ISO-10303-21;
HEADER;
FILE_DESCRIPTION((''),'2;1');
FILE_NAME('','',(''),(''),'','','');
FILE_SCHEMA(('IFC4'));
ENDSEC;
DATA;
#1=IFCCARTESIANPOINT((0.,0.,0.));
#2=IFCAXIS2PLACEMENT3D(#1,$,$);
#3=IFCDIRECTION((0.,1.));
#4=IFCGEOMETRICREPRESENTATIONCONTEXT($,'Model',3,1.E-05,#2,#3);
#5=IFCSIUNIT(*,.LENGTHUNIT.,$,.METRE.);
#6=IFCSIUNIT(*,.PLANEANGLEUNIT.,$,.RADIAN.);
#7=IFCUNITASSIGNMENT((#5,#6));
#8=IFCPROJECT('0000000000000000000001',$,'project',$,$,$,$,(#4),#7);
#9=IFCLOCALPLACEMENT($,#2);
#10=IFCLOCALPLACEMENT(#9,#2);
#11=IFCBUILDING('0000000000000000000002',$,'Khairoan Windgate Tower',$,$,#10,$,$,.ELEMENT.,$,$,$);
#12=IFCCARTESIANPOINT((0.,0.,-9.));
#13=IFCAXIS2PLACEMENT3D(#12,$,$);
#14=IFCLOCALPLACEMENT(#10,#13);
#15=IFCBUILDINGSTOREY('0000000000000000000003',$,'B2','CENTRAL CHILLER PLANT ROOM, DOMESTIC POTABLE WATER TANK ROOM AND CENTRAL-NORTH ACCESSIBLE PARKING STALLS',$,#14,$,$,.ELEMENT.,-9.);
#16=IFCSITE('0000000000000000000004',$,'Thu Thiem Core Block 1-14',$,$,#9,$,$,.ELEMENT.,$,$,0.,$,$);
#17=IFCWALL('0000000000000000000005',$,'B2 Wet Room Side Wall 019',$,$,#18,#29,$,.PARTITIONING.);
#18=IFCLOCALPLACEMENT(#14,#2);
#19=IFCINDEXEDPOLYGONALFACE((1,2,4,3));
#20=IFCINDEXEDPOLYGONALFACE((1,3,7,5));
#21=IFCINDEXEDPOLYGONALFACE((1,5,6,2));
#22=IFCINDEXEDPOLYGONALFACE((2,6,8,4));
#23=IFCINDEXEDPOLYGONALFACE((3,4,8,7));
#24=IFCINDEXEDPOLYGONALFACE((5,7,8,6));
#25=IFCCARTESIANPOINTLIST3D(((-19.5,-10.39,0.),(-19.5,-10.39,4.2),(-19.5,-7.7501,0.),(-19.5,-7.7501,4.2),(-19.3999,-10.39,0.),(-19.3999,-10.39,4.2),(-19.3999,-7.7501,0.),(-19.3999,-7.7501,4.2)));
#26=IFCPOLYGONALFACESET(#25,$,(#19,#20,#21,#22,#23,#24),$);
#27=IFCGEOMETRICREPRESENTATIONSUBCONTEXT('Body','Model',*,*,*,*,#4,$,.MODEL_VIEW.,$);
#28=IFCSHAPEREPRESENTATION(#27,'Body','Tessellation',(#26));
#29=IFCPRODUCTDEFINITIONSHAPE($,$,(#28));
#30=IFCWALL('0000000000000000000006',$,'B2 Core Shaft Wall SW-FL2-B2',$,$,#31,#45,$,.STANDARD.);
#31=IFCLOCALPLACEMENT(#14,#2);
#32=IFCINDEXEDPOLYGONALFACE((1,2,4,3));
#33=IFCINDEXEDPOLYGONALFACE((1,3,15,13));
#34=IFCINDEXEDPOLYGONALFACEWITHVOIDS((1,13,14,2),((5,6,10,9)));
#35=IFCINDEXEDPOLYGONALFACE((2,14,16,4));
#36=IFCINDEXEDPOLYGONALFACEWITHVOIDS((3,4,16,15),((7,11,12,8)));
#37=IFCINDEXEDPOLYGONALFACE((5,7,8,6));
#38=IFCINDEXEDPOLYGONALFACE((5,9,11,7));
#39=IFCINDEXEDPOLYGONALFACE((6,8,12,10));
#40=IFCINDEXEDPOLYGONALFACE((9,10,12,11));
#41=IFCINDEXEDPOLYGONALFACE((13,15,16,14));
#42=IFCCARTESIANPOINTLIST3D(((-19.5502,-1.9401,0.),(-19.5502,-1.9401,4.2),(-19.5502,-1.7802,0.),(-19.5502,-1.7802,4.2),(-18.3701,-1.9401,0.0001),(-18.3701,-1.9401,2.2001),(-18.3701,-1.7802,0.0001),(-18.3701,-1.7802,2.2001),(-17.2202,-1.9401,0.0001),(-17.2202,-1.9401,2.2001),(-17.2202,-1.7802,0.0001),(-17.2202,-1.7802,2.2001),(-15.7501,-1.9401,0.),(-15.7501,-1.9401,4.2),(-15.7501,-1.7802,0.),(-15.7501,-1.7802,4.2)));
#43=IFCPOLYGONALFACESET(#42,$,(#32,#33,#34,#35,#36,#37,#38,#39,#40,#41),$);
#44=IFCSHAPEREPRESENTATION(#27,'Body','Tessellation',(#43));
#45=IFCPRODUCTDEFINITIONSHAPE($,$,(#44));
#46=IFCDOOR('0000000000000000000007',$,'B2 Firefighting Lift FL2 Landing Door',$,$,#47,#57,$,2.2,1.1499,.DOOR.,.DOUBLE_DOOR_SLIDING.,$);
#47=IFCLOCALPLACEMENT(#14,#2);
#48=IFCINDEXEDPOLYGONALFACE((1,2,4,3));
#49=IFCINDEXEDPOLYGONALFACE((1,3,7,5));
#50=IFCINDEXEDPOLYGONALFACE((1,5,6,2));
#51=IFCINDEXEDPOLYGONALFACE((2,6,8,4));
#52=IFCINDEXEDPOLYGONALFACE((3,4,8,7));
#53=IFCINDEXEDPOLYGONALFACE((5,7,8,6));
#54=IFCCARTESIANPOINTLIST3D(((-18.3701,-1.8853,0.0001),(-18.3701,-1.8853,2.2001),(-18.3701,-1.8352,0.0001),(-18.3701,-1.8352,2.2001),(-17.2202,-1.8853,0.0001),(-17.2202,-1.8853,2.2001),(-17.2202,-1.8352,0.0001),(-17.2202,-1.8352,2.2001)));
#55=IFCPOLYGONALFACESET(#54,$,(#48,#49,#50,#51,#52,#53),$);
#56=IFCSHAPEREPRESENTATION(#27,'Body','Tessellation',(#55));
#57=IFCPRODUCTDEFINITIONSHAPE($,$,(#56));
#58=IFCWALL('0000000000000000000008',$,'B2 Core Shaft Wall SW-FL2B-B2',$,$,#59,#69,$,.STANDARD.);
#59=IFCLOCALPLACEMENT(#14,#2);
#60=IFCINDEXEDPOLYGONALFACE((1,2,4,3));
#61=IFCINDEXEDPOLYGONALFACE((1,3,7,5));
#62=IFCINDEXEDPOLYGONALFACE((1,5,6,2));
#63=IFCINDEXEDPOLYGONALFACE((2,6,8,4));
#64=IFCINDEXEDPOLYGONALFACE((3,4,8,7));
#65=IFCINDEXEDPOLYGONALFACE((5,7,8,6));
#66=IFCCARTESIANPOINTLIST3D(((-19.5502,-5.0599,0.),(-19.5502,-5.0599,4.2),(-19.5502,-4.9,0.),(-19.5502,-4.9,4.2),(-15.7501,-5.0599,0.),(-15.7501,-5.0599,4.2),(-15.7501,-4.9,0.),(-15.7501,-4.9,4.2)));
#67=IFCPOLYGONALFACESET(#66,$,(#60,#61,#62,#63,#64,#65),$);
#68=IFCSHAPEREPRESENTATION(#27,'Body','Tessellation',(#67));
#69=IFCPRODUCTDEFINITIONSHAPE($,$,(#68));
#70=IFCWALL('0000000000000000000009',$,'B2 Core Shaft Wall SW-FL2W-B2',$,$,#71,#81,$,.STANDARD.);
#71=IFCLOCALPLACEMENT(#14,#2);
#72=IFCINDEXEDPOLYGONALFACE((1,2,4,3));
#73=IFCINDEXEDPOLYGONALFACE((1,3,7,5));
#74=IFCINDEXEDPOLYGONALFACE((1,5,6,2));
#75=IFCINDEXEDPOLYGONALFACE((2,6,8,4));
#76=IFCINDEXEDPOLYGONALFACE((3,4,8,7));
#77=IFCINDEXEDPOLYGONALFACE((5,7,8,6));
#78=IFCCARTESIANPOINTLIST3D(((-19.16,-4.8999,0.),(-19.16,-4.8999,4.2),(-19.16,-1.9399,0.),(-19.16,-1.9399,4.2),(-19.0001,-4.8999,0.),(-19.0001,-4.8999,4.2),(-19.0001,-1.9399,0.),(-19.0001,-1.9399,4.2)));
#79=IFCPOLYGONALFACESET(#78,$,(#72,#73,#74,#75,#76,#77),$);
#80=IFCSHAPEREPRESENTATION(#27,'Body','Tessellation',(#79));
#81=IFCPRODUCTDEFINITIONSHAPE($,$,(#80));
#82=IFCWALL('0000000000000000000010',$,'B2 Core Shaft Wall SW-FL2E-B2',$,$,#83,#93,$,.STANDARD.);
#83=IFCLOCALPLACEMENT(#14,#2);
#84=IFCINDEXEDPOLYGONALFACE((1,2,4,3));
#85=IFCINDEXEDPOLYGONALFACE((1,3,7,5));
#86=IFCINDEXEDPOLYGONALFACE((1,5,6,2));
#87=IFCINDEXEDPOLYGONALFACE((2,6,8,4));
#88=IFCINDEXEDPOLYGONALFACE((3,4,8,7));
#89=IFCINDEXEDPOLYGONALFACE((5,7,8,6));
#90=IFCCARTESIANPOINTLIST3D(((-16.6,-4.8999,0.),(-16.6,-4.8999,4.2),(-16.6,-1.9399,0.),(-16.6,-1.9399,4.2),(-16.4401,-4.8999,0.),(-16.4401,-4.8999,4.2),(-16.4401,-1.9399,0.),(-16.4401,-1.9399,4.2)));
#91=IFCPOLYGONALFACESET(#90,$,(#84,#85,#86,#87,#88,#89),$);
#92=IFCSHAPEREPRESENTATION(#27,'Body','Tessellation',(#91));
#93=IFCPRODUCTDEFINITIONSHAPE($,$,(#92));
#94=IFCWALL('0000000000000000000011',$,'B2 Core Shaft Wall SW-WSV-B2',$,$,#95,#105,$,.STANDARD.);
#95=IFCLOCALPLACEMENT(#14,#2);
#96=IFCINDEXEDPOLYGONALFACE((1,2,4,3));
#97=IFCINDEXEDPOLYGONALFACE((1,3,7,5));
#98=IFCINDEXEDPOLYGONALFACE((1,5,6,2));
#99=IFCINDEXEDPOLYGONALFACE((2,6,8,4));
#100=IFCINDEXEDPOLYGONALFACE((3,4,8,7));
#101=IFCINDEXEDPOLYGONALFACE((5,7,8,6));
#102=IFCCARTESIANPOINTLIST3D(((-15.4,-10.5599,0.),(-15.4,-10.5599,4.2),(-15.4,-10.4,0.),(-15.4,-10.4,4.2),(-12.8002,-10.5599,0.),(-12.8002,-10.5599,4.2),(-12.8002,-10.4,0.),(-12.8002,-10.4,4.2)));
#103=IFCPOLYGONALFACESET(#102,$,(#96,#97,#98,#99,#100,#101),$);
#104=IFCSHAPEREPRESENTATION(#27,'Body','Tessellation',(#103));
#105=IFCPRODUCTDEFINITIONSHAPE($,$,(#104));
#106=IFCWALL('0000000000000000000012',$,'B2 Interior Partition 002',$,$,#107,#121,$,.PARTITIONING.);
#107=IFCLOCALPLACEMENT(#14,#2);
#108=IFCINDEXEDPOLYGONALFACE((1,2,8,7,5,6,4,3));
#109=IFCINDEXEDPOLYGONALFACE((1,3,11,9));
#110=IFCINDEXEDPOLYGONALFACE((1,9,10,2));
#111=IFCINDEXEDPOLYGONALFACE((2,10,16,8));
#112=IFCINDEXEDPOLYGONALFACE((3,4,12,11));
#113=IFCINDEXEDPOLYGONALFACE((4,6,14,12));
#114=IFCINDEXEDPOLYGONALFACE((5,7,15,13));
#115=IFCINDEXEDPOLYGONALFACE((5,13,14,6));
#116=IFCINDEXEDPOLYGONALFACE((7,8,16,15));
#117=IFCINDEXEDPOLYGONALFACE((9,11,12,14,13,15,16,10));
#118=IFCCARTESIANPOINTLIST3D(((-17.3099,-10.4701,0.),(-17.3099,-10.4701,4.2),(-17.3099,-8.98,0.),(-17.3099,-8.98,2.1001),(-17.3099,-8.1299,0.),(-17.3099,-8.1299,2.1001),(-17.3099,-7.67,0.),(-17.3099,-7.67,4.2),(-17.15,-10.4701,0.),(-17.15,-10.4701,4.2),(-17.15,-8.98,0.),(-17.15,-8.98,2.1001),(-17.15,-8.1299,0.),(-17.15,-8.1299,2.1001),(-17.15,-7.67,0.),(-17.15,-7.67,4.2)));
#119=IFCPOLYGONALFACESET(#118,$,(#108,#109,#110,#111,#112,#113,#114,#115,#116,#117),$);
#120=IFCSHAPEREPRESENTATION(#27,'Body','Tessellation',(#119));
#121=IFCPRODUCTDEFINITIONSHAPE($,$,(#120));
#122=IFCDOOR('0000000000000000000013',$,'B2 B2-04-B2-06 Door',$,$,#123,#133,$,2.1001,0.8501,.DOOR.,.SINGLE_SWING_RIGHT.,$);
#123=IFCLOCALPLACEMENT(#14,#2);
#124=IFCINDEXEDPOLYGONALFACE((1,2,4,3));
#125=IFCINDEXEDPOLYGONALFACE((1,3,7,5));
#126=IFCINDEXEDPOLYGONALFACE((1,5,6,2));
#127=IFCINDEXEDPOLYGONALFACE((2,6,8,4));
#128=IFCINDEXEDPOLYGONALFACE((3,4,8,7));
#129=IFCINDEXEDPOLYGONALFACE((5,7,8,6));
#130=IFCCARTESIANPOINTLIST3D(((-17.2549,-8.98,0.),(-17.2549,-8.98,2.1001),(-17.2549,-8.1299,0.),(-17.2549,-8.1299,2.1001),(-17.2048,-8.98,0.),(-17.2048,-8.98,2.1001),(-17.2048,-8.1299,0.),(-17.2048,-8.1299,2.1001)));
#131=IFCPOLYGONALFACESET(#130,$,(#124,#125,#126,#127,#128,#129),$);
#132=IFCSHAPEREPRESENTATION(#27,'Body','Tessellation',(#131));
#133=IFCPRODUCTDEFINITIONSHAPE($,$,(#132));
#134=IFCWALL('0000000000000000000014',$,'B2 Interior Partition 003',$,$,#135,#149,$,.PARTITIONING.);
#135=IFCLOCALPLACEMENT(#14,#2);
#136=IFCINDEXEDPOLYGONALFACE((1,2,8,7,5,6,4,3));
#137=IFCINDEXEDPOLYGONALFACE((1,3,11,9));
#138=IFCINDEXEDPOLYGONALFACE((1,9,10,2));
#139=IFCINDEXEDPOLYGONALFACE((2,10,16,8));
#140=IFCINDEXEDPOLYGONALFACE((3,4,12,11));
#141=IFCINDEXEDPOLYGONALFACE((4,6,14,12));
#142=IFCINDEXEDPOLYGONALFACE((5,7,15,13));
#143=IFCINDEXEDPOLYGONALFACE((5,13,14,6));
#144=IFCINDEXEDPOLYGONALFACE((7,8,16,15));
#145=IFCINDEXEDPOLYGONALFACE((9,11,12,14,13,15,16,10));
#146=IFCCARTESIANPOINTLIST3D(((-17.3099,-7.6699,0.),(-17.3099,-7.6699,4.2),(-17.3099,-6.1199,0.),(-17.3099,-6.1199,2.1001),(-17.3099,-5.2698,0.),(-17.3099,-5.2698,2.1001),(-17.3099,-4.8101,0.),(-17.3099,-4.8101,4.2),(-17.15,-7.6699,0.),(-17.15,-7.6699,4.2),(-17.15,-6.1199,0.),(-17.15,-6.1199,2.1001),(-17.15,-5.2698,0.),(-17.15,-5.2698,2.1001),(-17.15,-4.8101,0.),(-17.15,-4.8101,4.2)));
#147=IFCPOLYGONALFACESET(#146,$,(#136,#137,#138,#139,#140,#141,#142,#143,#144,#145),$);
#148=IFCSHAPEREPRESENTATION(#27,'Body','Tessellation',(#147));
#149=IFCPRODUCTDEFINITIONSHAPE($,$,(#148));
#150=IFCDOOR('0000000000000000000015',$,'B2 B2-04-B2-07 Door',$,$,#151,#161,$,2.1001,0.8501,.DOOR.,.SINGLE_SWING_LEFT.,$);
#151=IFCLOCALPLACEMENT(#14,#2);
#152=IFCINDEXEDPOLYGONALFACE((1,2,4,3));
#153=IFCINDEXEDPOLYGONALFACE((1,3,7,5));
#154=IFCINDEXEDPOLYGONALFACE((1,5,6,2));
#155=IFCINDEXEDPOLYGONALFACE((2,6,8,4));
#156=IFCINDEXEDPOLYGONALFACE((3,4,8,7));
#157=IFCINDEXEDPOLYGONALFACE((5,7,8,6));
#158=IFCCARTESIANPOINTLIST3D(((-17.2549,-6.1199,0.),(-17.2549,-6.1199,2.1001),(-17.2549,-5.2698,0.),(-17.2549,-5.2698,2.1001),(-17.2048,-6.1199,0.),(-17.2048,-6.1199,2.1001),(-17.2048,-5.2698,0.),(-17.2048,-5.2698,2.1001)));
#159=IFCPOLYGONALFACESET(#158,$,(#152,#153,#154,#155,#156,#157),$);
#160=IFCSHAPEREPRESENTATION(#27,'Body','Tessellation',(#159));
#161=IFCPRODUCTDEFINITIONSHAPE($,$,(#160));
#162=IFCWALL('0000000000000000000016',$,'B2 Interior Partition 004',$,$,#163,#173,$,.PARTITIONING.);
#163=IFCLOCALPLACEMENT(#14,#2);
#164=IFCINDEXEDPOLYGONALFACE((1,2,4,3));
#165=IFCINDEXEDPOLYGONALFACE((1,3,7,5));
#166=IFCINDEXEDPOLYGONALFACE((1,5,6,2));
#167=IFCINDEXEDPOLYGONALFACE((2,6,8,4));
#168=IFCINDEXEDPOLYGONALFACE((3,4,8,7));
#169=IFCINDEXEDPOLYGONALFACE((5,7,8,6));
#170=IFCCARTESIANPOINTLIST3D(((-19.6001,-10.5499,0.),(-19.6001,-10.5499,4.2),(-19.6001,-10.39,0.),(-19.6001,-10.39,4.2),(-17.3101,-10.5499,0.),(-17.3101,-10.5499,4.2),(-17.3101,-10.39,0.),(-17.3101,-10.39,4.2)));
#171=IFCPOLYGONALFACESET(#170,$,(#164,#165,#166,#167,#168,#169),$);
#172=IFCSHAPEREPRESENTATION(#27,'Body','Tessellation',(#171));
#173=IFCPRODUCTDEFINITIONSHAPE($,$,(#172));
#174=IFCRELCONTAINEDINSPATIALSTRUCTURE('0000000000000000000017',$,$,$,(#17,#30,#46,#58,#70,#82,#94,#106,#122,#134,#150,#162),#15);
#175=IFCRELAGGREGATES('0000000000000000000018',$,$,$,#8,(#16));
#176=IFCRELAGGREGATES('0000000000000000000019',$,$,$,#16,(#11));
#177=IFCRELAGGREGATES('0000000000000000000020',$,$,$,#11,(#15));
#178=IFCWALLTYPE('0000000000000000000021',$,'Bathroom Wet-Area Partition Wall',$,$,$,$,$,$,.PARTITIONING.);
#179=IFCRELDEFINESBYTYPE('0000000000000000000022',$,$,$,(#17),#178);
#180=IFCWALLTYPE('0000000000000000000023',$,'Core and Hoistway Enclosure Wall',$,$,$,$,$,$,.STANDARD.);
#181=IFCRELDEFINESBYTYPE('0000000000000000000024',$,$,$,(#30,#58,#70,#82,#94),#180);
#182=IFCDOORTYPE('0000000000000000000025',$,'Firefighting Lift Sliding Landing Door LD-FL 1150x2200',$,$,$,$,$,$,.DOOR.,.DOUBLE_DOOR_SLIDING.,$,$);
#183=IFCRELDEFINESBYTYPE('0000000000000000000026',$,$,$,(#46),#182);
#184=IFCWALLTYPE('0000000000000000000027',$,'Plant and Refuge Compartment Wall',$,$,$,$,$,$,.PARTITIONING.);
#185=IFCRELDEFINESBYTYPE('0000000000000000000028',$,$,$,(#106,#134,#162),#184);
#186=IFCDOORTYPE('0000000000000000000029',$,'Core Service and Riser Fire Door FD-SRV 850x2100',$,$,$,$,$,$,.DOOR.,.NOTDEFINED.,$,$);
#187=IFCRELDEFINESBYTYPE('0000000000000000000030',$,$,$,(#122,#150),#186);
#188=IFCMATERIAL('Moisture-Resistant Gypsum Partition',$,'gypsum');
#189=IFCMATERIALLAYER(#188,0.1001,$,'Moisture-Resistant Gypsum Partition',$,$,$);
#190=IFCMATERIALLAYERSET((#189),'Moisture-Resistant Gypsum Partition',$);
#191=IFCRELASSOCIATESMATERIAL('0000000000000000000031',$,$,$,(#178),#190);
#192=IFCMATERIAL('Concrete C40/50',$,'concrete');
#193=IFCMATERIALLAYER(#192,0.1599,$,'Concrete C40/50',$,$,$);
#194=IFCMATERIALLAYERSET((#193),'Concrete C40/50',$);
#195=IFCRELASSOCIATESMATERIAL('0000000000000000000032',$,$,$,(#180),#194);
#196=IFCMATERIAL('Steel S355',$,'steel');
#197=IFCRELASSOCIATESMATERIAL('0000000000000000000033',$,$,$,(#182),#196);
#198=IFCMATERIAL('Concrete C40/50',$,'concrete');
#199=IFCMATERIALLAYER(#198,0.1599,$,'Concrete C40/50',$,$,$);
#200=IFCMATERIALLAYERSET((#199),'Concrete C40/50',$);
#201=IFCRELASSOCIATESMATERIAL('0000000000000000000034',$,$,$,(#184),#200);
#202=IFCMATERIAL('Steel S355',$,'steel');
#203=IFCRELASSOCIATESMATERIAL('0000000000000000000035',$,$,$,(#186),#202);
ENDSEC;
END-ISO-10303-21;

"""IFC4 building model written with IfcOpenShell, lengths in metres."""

from ifc_helpers import new_model, si_unit, direction, frame, frame_2d, origin, place, context, subcontext, project, spatial, rectangle, extrude, material, layer, layer_set, type_object, element, fill, save


model = new_model("IFC4")

# Units and contexts
model_context = context("Model", 3, precision=1e-05, world=origin(), true_north=direction((0.0, 1.0)))
body_context = subcontext(model_context, "Body", "Model", "MODEL_VIEW")
ifc_project = project(units=[si_unit("LENGTHUNIT", "METRE"), si_unit("PLANEANGLEUNIT", "RADIAN")], contexts=[model_context])

# Site, building, storey
site_placement = place(None, origin())
site = spatial("IfcSite", under=ifc_project, at=site_placement, Name="Thu Thiem Core Block 1-14", CompositionType="ELEMENT", RefElevation=0.0)
building_placement = place(site_placement, origin())
building = spatial("IfcBuilding", under=site, at=building_placement, Name="Khairoan Windgate Tower", CompositionType="ELEMENT")
storey_placement = place(building_placement, frame((0.0, 0.0, -9.0)))
storey = spatial("IfcBuildingStorey", under=building, at=storey_placement, Name="B2", Description="CENTRAL CHILLER PLANT ROOM, DOMESTIC POTABLE WATER TANK ROOM AND CENTRAL-NORTH ACCESSIBLE PARKING STALLS", CompositionType="ELEMENT", Elevation=-9.0)

# Wall
ifc_material_1 = material(Name="Moisture-Resistant Gypsum Partition", Category="gypsum")
ifc_layer_1 = layer(ifc_material_1, 0.1001, Name="Moisture-Resistant Gypsum Partition")
ifc_layer_set_1 = layer_set([ifc_layer_1], Name="Moisture-Resistant Gypsum Partition")
wall_type_1 = type_object("IfcWallType", Name="Bathroom Wet-Area Partition Wall", PredefinedType="PARTITIONING", material=ifc_layer_set_1)
wall_1_placement = place(storey_placement, frame((-19.45, -10.3899, 0.0), z_axis=(0.0, 0.0, 1.0), x_axis=(0.0, 1.0, 0.0)))
element("IfcWall", 1, at=wall_1_placement, inside=storey, type_object=wall_type_1, Name="B2 Wet Room Side Wall 019", PredefinedType="PARTITIONING", context=body_context, shape_type="SweptSolid", body=[
    extrude(rectangle(XDim=2.6399, YDim=0.1001, at=frame_2d((1.3198, 0.0))), origin(), (0.0, 0.0, 1.0), 4.2),
])

# Wall, opening, door
ifc_material_2 = material(Name="Concrete C40/50", Category="concrete")
ifc_layer_2 = layer(ifc_material_2, 0.1599, Name="Concrete C40/50")
ifc_layer_set_2 = layer_set([ifc_layer_2], Name="Concrete C40/50")
wall_type_2 = type_object("IfcWallType", Name="Core and Hoistway Enclosure Wall", PredefinedType="STANDARD", material=ifc_layer_set_2)
wall_2_placement = place(storey_placement, frame((-19.55, -1.8601, 0.0), z_axis=(0.0, 0.0, 1.0), x_axis=(1.0, 0.0, 0.0)))
wall_2 = element("IfcWall", 2, at=wall_2_placement, inside=storey, type_object=wall_type_2, Name="B2 Core Shaft Wall SW-FL2-B2", PredefinedType="STANDARD", context=body_context, shape_type="SweptSolid", body=[
    extrude(rectangle(XDim=3.8, YDim=0.1599, at=frame_2d((1.8999, 0.0))), origin(), (0.0, 0.0, 1.0), 4.2),
])
opening_1_placement = place(wall_2_placement, frame((1.1799, 0.0, 0.0)))
opening_1 = element("IfcOpeningElement", 3, at=opening_1_placement, cuts=wall_2, PredefinedType="OPENING", context=body_context, shape_type="SweptSolid", body=[
    extrude(rectangle(XDim=1.1499, YDim=2.2, at=frame_2d((0.575, 1.1001))), frame((0.0, 0.0898, 0.0), z_axis=(0.0, -1.0, 0.0), x_axis=(1.0, 0.0, 0.0)), (0.0, 0.0, 1.0), 0.1799),
])
ifc_material_3 = material(Name="Steel S355", Category="steel")
door_type_1 = type_object("IfcDoorType", Name="Firefighting Lift Sliding Landing Door LD-FL 1150x2200", OperationType="DOUBLE_DOOR_SLIDING", PredefinedType="DOOR", material=ifc_material_3)
door_1_placement = place(opening_1_placement, origin())
door_1 = element("IfcDoor", 4, at=door_1_placement, inside=storey, type_object=door_type_1, Name="B2 Firefighting Lift FL2 Landing Door", OperationType="DOUBLE_DOOR_SLIDING", OverallHeight=2.2, OverallWidth=1.1499, PredefinedType="DOOR", context=body_context, shape_type="SweptSolid", body=[
    extrude(rectangle(XDim=1.1499, YDim=2.2, at=frame_2d((0.575, 1.1001))), frame((0.0, 0.0249, 0.0), z_axis=(0.0, -1.0, 0.0), x_axis=(1.0, 0.0, 0.0)), (0.0, 0.0, 1.0), 0.05),
])
fill(opening_1, door_1)

# Walls
wall_3_placement = place(storey_placement, frame((-19.55, -4.98, 0.0), z_axis=(0.0, 0.0, 1.0), x_axis=(1.0, 0.0, 0.0)))
element("IfcWall", 5, at=wall_3_placement, inside=storey, type_object=wall_type_2, Name="B2 Core Shaft Wall SW-FL2B-B2", PredefinedType="STANDARD", context=body_context, shape_type="SweptSolid", body=[
    extrude(rectangle(XDim=3.8, YDim=0.1599, at=frame_2d((1.8999, 0.0))), origin(), (0.0, 0.0, 1.0), 4.2),
])
for number, where, z_axis, x_axis, name in (
    (6, (-19.0801, -4.8999, 0.0), (0.0, 0.0, 1.0), (0.0, 1.0, 0.0), "B2 Core Shaft Wall SW-FL2W-B2"),
    (7, (-16.52, -4.8999, 0.0), (0.0, 0.0, 1.0), (0.0, 1.0, 0.0), "B2 Core Shaft Wall SW-FL2E-B2"),
):
    element("IfcWall", number, at=place(storey_placement, frame(where, z_axis=z_axis, x_axis=x_axis)), inside=storey, type_object=wall_type_2, Name=name, PredefinedType="STANDARD", context=body_context, shape_type="SweptSolid", body=[
        extrude(rectangle(XDim=2.96, YDim=0.1599, at=frame_2d((1.48, 0.0))), origin(), (0.0, 0.0, 1.0), 4.2),
    ])
wall_4_placement = place(storey_placement, frame((-15.3999, -10.48, 0.0), z_axis=(0.0, 0.0, 1.0), x_axis=(1.0, 0.0, 0.0)))
element("IfcWall", 8, at=wall_4_placement, inside=storey, type_object=wall_type_2, Name="B2 Core Shaft Wall SW-WSV-B2", PredefinedType="STANDARD", context=body_context, shape_type="SweptSolid", body=[
    extrude(rectangle(XDim=2.5999, YDim=0.1599, at=frame_2d((1.2998, 0.0))), origin(), (0.0, 0.0, 1.0), 4.2),
])

# Walls, openings, doors
ifc_material_4 = material(Name="Concrete C40/50", Category="concrete")
ifc_layer_3 = layer(ifc_material_4, 0.1599, Name="Concrete C40/50")
ifc_layer_set_3 = layer_set([ifc_layer_3], Name="Concrete C40/50")
wall_type_3 = type_object("IfcWallType", Name="Plant and Refuge Compartment Wall", PredefinedType="PARTITIONING", material=ifc_layer_set_3)
wall_5_placement = place(storey_placement, frame((-17.23, -10.47, 0.0), z_axis=(0.0, 0.0, 1.0), x_axis=(0.0, 1.0, 0.0)))
wall_5 = element("IfcWall", 9, at=wall_5_placement, inside=storey, type_object=wall_type_3, Name="B2 Interior Partition 002", PredefinedType="PARTITIONING", context=body_context, shape_type="SweptSolid", body=[
    extrude(rectangle(XDim=2.8, YDim=0.1599, at=frame_2d((1.3999, 0.0))), origin(), (0.0, 0.0, 1.0), 4.2),
])
opening_2_placement = place(wall_5_placement, frame((1.49, 0.0, 0.0)))
opening_2 = element("IfcOpeningElement", 10, at=opening_2_placement, cuts=wall_5, PredefinedType="OPENING", context=body_context, shape_type="SweptSolid", body=[
    extrude(rectangle(XDim=0.8501, YDim=2.1001, at=frame_2d((0.425, 1.05))), frame((0.0, 0.0898, 0.0), z_axis=(0.0, -1.0, 0.0), x_axis=(1.0, 0.0, 0.0)), (0.0, 0.0, 1.0), 0.1799),
])
ifc_material_5 = material(Name="Steel S355", Category="steel")
door_type_2 = type_object("IfcDoorType", Name="Core Service and Riser Fire Door FD-SRV 850x2100", OperationType="NOTDEFINED", PredefinedType="DOOR", material=ifc_material_5)
door_2_placement = place(opening_2_placement, origin())
door_2 = element("IfcDoor", 11, at=door_2_placement, inside=storey, type_object=door_type_2, Name="B2 B2-04-B2-06 Door", OperationType="SINGLE_SWING_RIGHT", OverallHeight=2.1001, OverallWidth=0.8501, PredefinedType="DOOR", context=body_context, shape_type="SweptSolid", body=[
    extrude(rectangle(XDim=0.8501, YDim=2.1001, at=frame_2d((0.425, 1.05))), frame((0.0, 0.0249, 0.0), z_axis=(0.0, -1.0, 0.0), x_axis=(1.0, 0.0, 0.0)), (0.0, 0.0, 1.0), 0.05),
])
fill(opening_2, door_2)
wall_6_placement = place(storey_placement, frame((-17.23, -7.6699, 0.0), z_axis=(0.0, 0.0, 1.0), x_axis=(0.0, 1.0, 0.0)))
wall_6 = element("IfcWall", 12, at=wall_6_placement, inside=storey, type_object=wall_type_3, Name="B2 Interior Partition 003", PredefinedType="PARTITIONING", context=body_context, shape_type="SweptSolid", body=[
    extrude(rectangle(XDim=2.8599, YDim=0.1599, at=frame_2d((1.4299, 0.0))), origin(), (0.0, 0.0, 1.0), 4.2),
])
opening_3_placement = place(wall_6_placement, frame((1.55, 0.0, 0.0)))
opening_3 = element("IfcOpeningElement", 13, at=opening_3_placement, cuts=wall_6, PredefinedType="OPENING", context=body_context, shape_type="SweptSolid", body=[
    extrude(rectangle(XDim=0.8501, YDim=2.1001, at=frame_2d((0.425, 1.05))), frame((0.0, 0.0898, 0.0), z_axis=(0.0, -1.0, 0.0), x_axis=(1.0, 0.0, 0.0)), (0.0, 0.0, 1.0), 0.1799),
])
door_3_placement = place(opening_3_placement, origin())
door_3 = element("IfcDoor", 14, at=door_3_placement, inside=storey, type_object=door_type_2, Name="B2 B2-04-B2-07 Door", OperationType="SINGLE_SWING_LEFT", OverallHeight=2.1001, OverallWidth=0.8501, PredefinedType="DOOR", context=body_context, shape_type="SweptSolid", body=[
    extrude(rectangle(XDim=0.8501, YDim=2.1001, at=frame_2d((0.425, 1.05))), frame((0.0, 0.0249, 0.0), z_axis=(0.0, -1.0, 0.0), x_axis=(1.0, 0.0, 0.0)), (0.0, 0.0, 1.0), 0.05),
])
fill(opening_3, door_3)

# Wall
for number, where, z_axis, x_axis, name in (
    (15, (-19.6001, -10.47, 0.0), (0.0, 0.0, 1.0), (1.0, 0.0, 0.0), "B2 Interior Partition 004"),
):
    element("IfcWall", number, at=place(storey_placement, frame(where, z_axis=z_axis, x_axis=x_axis)), inside=storey, type_object=wall_type_3, Name=name, PredefinedType="PARTITIONING", context=body_context, shape_type="SweptSolid", body=[
        extrude(rectangle(XDim=2.29, YDim=0.1599, at=frame_2d((1.145, 0.0))), origin(), (0.0, 0.0, 1.0), 4.2),
    ])

save(model, "model.ifc")
